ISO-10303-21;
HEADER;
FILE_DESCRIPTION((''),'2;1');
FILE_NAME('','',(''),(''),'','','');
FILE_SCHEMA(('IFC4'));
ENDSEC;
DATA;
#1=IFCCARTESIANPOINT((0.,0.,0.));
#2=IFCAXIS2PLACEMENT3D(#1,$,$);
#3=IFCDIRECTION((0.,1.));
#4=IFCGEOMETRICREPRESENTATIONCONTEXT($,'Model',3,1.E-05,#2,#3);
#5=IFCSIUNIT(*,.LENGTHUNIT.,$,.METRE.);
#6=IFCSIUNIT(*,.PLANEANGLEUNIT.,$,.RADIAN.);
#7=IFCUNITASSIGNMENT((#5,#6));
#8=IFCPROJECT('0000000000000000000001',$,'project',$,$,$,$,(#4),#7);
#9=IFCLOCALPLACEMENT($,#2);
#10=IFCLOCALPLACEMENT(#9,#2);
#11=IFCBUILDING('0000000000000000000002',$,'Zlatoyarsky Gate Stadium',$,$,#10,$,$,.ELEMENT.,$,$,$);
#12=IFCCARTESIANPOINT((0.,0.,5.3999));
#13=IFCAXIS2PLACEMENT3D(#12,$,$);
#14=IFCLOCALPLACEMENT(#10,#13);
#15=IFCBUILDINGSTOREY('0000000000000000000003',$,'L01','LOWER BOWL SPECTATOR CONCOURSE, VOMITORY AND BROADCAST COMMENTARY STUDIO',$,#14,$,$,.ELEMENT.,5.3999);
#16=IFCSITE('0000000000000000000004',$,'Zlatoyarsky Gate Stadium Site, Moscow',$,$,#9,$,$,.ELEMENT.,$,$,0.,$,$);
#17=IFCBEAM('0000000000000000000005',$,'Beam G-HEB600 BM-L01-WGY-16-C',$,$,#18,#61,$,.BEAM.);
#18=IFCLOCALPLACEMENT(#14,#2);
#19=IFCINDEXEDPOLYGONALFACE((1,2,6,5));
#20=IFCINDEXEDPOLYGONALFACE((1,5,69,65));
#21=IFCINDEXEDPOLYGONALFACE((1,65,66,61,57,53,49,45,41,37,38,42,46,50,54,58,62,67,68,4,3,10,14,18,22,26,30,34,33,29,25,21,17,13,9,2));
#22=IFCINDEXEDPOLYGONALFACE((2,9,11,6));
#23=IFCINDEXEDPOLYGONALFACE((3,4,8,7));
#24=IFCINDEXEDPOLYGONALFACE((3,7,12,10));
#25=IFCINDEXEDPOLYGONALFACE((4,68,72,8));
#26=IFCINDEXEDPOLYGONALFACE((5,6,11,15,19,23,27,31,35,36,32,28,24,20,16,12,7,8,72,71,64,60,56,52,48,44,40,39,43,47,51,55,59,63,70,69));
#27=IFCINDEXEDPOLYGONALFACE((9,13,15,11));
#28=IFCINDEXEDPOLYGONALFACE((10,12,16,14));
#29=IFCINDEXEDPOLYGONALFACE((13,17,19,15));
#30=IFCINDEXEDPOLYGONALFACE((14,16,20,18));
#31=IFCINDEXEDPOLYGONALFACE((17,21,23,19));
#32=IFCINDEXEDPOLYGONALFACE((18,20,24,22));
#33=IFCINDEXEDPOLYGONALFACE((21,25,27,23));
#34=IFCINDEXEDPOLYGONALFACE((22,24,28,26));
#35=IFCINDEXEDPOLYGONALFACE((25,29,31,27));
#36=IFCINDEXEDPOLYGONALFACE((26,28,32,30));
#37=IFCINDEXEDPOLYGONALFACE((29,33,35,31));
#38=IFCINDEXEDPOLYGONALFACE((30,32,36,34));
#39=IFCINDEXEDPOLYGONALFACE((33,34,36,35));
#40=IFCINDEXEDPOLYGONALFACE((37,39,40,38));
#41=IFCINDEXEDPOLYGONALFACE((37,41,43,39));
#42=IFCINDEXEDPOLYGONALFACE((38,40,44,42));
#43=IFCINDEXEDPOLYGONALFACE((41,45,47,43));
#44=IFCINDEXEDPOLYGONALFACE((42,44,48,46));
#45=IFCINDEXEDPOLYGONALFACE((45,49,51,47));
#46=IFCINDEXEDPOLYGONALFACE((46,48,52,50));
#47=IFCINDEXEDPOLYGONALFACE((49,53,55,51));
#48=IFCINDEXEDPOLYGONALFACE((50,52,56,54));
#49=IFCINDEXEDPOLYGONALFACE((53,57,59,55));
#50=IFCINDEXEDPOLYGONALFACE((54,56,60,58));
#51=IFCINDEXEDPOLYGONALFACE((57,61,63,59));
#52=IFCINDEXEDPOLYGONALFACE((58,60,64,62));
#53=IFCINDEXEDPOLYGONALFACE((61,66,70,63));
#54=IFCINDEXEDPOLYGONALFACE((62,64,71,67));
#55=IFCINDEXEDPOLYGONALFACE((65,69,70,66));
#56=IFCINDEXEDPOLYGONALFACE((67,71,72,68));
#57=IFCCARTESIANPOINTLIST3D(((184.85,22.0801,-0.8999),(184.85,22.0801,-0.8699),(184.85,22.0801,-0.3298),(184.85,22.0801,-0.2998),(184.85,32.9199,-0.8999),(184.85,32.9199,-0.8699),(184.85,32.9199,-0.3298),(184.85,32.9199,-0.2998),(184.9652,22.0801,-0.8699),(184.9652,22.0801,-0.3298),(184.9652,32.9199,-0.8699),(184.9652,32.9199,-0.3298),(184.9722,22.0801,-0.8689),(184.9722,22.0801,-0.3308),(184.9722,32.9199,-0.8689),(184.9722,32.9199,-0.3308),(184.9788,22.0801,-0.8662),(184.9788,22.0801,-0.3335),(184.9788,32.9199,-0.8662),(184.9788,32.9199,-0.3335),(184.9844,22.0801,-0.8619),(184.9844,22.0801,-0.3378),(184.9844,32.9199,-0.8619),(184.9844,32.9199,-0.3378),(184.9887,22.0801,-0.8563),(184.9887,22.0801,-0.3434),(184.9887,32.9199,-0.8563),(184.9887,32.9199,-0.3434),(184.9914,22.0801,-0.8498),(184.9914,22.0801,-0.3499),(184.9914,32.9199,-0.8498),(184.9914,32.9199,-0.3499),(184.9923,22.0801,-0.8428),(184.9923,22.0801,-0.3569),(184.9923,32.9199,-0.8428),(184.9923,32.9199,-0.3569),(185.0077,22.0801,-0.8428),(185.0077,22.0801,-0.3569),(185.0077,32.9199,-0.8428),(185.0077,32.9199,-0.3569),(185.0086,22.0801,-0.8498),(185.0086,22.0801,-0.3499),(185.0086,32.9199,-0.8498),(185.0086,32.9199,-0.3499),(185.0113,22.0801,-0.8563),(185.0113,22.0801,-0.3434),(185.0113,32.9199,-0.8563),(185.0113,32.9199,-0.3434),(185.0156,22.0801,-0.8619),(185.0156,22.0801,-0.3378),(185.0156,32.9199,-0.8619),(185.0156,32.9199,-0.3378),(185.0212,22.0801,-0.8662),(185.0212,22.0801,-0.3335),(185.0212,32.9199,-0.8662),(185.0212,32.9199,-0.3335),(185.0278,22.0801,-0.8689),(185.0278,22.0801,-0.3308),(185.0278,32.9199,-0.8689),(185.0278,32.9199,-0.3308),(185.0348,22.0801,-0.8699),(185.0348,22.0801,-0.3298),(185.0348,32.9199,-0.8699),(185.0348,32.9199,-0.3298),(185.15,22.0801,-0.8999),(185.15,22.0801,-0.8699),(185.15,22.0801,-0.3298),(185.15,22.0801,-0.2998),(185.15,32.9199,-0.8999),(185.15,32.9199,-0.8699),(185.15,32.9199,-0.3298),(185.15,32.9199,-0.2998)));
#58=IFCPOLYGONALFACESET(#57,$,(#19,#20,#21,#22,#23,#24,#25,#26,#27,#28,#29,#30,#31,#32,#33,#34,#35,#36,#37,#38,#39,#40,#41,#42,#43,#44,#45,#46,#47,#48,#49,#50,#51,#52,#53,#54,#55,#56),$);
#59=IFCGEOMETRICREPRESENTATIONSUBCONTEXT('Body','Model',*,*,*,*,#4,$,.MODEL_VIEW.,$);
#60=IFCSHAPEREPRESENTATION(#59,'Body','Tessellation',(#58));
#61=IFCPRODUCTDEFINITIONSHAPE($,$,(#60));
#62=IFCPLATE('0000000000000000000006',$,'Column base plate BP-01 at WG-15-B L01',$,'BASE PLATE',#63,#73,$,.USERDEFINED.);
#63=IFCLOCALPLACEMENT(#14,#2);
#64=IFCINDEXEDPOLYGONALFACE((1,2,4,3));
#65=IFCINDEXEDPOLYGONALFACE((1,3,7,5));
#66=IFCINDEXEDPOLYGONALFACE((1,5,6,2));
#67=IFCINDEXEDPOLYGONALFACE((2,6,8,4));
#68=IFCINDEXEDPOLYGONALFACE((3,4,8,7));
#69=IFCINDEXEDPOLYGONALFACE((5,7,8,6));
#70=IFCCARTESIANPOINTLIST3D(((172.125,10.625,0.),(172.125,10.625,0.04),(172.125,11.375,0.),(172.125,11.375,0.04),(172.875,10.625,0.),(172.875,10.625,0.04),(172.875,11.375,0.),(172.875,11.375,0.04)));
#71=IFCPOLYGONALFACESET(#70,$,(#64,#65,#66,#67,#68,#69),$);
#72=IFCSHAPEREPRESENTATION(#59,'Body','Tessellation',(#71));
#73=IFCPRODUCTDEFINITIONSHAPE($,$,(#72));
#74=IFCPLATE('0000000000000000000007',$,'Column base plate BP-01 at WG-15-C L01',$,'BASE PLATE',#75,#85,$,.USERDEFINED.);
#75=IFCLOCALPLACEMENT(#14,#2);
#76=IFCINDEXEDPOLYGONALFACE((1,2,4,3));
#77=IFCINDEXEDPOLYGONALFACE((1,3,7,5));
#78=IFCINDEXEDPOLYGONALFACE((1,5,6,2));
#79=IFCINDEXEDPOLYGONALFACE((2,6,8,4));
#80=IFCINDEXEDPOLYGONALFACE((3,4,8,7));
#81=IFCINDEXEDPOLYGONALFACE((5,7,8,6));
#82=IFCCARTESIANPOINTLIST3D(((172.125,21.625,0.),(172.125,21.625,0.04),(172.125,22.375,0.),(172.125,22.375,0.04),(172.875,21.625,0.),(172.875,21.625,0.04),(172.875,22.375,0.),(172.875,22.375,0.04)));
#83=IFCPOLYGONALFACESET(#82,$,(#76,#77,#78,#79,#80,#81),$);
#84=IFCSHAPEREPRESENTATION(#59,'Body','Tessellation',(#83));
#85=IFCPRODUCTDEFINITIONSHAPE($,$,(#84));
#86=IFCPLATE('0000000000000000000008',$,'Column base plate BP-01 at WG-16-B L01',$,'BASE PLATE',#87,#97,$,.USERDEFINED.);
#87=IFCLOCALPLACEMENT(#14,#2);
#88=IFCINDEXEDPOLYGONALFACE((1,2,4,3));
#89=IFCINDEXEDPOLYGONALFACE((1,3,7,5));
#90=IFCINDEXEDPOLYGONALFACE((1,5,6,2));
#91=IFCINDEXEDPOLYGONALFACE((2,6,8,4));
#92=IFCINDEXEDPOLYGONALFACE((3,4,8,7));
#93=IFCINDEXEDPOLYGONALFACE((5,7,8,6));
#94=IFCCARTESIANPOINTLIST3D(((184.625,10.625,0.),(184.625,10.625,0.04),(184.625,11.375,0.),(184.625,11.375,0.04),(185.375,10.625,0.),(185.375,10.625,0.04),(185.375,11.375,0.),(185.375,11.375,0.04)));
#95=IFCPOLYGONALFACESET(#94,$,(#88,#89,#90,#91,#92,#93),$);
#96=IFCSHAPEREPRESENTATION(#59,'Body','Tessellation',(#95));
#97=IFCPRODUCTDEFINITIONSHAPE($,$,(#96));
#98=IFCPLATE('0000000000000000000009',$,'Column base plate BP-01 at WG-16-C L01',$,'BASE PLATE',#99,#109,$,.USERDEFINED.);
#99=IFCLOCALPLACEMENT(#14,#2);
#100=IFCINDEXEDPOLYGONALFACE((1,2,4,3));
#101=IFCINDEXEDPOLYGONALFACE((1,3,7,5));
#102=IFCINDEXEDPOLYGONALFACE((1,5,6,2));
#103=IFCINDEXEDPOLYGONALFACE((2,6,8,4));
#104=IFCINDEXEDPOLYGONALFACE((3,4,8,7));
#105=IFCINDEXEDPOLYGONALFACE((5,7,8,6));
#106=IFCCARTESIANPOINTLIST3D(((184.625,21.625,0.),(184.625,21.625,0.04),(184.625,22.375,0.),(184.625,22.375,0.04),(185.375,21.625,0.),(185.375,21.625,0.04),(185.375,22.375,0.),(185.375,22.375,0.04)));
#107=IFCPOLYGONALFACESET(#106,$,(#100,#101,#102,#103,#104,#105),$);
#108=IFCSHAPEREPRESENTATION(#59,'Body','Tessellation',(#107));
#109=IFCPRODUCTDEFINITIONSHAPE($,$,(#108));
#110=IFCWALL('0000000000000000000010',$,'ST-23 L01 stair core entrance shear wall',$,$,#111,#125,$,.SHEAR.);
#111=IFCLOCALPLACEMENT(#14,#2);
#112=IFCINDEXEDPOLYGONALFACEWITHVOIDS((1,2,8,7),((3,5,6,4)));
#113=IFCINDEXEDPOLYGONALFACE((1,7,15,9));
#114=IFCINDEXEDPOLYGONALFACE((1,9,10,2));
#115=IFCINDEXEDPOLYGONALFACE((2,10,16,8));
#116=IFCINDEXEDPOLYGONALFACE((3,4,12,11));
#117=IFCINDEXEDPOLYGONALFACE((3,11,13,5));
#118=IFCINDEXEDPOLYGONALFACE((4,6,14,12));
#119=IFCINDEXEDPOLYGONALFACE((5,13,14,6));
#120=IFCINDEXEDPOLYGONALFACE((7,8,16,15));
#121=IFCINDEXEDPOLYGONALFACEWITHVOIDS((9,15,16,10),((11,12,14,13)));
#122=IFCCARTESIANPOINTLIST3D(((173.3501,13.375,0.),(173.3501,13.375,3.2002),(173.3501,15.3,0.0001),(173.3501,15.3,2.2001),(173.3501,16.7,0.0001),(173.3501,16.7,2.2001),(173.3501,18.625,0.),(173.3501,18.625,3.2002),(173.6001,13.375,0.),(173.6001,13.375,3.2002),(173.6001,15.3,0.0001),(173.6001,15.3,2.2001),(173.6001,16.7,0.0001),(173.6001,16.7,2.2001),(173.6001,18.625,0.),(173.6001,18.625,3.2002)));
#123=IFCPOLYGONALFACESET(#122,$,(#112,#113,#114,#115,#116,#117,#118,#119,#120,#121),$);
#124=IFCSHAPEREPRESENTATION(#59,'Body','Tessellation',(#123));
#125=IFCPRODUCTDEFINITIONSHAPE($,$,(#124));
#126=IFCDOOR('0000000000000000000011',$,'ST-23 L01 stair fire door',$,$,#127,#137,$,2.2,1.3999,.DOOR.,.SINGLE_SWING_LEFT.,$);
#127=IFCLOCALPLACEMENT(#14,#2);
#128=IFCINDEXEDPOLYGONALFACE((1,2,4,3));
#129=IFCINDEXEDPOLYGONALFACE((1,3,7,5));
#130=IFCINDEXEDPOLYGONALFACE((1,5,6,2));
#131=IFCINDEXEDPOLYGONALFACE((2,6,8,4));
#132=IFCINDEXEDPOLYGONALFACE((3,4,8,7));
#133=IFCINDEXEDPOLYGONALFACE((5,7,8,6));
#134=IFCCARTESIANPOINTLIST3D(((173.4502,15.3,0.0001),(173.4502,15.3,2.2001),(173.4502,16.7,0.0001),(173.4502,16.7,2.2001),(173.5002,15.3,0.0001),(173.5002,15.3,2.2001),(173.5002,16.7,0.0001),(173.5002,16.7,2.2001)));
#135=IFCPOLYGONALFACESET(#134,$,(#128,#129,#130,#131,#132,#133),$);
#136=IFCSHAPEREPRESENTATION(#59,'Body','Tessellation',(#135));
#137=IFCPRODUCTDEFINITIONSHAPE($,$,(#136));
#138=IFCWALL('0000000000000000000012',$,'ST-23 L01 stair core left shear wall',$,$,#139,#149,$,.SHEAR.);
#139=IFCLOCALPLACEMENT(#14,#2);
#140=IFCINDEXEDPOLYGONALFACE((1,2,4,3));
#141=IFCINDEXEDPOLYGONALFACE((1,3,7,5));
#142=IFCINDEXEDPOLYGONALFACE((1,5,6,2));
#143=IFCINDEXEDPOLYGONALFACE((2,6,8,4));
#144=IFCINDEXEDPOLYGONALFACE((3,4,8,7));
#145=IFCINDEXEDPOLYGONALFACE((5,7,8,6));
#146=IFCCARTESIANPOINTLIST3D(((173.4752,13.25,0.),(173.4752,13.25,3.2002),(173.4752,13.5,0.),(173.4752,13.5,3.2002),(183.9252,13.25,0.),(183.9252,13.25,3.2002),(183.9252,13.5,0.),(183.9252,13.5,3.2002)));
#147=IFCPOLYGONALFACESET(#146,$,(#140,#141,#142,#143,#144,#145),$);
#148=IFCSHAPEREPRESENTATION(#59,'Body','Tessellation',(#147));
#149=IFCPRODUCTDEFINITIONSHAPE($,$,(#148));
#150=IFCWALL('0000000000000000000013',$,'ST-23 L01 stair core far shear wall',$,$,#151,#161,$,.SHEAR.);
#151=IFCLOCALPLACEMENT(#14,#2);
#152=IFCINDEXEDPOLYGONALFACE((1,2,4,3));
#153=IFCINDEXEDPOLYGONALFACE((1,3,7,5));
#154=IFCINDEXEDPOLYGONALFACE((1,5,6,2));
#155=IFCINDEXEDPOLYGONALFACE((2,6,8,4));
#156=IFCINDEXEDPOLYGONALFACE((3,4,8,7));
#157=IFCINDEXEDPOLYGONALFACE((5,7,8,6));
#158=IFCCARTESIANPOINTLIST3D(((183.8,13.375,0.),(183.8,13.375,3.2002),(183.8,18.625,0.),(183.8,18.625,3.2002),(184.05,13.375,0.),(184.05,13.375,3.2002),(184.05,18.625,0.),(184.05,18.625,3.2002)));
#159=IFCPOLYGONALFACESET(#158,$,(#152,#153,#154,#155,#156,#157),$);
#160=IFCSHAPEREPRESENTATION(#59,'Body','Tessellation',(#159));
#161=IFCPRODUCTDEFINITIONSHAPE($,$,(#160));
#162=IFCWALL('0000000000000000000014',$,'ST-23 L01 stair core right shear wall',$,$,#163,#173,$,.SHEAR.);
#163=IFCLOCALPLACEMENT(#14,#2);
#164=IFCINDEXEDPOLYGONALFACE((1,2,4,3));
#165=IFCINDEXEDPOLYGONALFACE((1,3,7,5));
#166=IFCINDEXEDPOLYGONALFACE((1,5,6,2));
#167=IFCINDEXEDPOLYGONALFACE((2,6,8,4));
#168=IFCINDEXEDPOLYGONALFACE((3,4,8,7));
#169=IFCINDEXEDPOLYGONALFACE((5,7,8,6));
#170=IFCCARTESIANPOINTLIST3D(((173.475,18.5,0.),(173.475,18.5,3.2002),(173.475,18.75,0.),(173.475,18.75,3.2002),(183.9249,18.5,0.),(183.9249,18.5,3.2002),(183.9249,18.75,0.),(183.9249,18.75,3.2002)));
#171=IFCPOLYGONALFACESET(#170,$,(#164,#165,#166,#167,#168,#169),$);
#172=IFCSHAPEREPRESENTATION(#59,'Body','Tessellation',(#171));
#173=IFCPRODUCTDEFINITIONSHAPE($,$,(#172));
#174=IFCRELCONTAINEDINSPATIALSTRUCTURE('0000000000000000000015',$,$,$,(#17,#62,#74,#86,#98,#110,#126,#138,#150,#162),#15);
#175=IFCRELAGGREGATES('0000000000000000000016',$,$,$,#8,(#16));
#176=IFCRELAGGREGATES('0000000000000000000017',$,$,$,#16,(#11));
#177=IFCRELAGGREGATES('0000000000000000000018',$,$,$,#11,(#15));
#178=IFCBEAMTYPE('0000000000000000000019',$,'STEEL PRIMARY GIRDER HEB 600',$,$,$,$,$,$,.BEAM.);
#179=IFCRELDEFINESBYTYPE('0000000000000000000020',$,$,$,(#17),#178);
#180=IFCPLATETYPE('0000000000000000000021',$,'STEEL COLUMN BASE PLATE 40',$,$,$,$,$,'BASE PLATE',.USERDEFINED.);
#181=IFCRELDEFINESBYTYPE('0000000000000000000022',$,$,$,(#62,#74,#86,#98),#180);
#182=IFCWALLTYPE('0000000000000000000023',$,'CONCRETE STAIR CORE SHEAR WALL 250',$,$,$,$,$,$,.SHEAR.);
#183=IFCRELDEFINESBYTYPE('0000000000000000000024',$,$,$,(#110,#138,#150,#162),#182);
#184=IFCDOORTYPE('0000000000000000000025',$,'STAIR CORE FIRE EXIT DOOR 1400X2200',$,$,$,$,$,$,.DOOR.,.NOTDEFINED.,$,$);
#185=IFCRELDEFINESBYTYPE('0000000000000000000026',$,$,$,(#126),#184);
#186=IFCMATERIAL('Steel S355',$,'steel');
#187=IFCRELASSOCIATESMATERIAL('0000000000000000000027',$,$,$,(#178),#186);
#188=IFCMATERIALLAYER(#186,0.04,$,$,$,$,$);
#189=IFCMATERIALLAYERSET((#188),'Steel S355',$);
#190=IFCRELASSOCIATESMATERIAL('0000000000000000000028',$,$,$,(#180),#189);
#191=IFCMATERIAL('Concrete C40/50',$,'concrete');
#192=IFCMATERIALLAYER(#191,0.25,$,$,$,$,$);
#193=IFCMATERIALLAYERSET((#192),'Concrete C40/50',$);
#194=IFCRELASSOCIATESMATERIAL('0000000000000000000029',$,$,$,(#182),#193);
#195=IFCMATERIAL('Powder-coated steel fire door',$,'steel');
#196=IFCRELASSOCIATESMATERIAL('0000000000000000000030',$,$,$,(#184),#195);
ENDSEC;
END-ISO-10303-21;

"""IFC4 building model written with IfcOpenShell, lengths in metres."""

from ifc_helpers import new_model, si_unit, direction, frame, frame_2d, origin, origin_2d, place, context, subcontext, project, spatial, rectangle, i_section, extrude, material, layer, layer_set, material_profile, profile_set, type_object, element, fill, save


model = new_model("IFC4")

# Units and contexts
model_context = context("Model", 3, precision=1e-05, world=origin(), true_north=direction((0.0, 1.0)))
body_context = subcontext(model_context, "Body", "Model", "MODEL_VIEW")
ifc_project = project(units=[si_unit("LENGTHUNIT", "METRE"), si_unit("PLANEANGLEUNIT", "RADIAN")], contexts=[model_context])

# Site, building, storey
site_placement = place(None, origin())
site = spatial("IfcSite", under=ifc_project, at=site_placement, Name="Zlatoyarsky Gate Stadium Site, Moscow", CompositionType="ELEMENT", RefElevation=0.0)
building_placement = place(site_placement, origin())
building = spatial("IfcBuilding", under=site, at=building_placement, Name="Zlatoyarsky Gate Stadium", CompositionType="ELEMENT")
storey_placement = place(building_placement, frame((0.0, 0.0, 5.3999)))
storey = spatial("IfcBuildingStorey", under=building, at=storey_placement, Name="L01", Description="LOWER BOWL SPECTATOR CONCOURSE, VOMITORY AND BROADCAST COMMENTARY STUDIO", CompositionType="ELEMENT", Elevation=5.3999)

# Shared definitions
ifc_material_1 = material(Name="Steel S355", Category="steel")

# Beam
ifc_material_profile_1 = material_profile(ifc_material_1, i_section(OverallWidth=0.3, OverallDepth=0.6001, WebThickness=0.0154, FlangeThickness=0.03, FilletRadius=0.0271, at=origin_2d()), Name="HEB 600")
ifc_profile_set_1 = profile_set([ifc_material_profile_1], Name="Steel S355")
beam_type_1 = type_object("IfcBeamType", Name="STEEL PRIMARY GIRDER HEB 600", PredefinedType="BEAM", material=ifc_profile_set_1)
for number, where, z_axis, x_axis, name in (
    (1, (185.0, 22.0801, -0.5999), (0.0, 1.0, 0.0), (-1.0, 0.0, 0.0), "Beam G-HEB600 BM-L01-WGY-16-C"),
):
    element("IfcBeam", number, at=place(storey_placement, frame(where, z_axis=z_axis, x_axis=x_axis)), inside=storey, type_object=beam_type_1, Name=name, PredefinedType="BEAM", context=body_context, shape_type="SweptSolid", body=[
        extrude(i_section(OverallWidth=0.3, OverallDepth=0.6001, WebThickness=0.0154, FlangeThickness=0.03, FilletRadius=0.0271, at=origin_2d()), origin(), (0.0, 0.0, 1.0), 10.8398),
    ])

# Plates
ifc_layer_1 = layer(ifc_material_1, 0.04)
ifc_layer_set_1 = layer_set([ifc_layer_1], Name="Steel S355")
plate_type = type_object("IfcPlateType", Name="STEEL COLUMN BASE PLATE 40", ElementType="BASE PLATE", PredefinedType="USERDEFINED", material=ifc_layer_set_1)
for number, where, z_axis, x_axis, name in (
    (2, (172.5, 11.0, 0.0), (0.0, 0.0, 1.0), (1.0, 0.0, 0.0), "Column base plate BP-01 at WG-15-B L01"),
    (3, (172.5, 22.0, 0.0), (0.0, 0.0, 1.0), (1.0, 0.0, 0.0), "Column base plate BP-01 at WG-15-C L01"),
    (4, (185.0, 11.0, 0.0), (0.0, 0.0, 1.0), (1.0, 0.0, 0.0), "Column base plate BP-01 at WG-16-B L01"),
    (5, (185.0, 22.0, 0.0), (0.0, 0.0, 1.0), (1.0, 0.0, 0.0), "Column base plate BP-01 at WG-16-C L01"),
):
    element("IfcPlate", number, at=place(storey_placement, frame(where, z_axis=z_axis, x_axis=x_axis)), inside=storey, type_object=plate_type, Name=name, ObjectType="BASE PLATE", PredefinedType="USERDEFINED", context=body_context, shape_type="SweptSolid", body=[
        extrude(rectangle(XDim=0.75, YDim=0.75, at=origin_2d()), origin(), (0.0, 0.0, 1.0), 0.04),
    ])

# Wall, opening, door
ifc_material_2 = material(Name="Concrete C40/50", Category="concrete")
ifc_layer_2 = layer(ifc_material_2, 0.25)
ifc_layer_set_2 = layer_set([ifc_layer_2], Name="Concrete C40/50")
wall_type_1 = type_object("IfcWallType", Name="CONCRETE STAIR CORE SHEAR WALL 250", PredefinedType="SHEAR", material=ifc_layer_set_2)
wall_1_placement = place(storey_placement, frame((173.4751, 18.625, 0.0), z_axis=(0.0, 0.0, 1.0), x_axis=(0.0, -1.0, 0.0)))
wall_1 = element("IfcWall", 6, at=wall_1_placement, inside=storey, type_object=wall_type_1, Name="ST-23 L01 stair core entrance shear wall", PredefinedType="SHEAR", context=body_context, shape_type="SweptSolid", body=[
    extrude(rectangle(XDim=5.25, YDim=0.25, at=frame_2d((2.625, 0.0))), origin(), (0.0, 0.0, 1.0), 3.2002),
])
opening_1_placement = place(wall_1_placement, frame((1.925, 0.0, 0.0)))
opening_1 = element("IfcOpeningElement", 7, at=opening_1_placement, cuts=wall_1, PredefinedType="OPENING", context=body_context, shape_type="SweptSolid", body=[
    extrude(rectangle(XDim=1.3999, YDim=2.2, at=frame_2d((0.7, 1.1001))), frame((0.0, 0.135, 0.0), z_axis=(0.0, -1.0, 0.0), x_axis=(1.0, 0.0, 0.0)), (0.0, 0.0, 1.0), 0.27),
])
ifc_material_3 = material(Name="Powder-coated steel fire door", Category="steel")
door_type = type_object("IfcDoorType", Name="STAIR CORE FIRE EXIT DOOR 1400X2200", OperationType="NOTDEFINED", PredefinedType="DOOR", material=ifc_material_3)
door_placement = place(opening_1_placement, frame((1.3999, 0.0, 0.0), z_axis=(0.0, 0.0, 1.0), x_axis=(-1.0, 0.0, 0.0)))
door = element("IfcDoor", 8, at=door_placement, inside=storey, type_object=door_type, Name="ST-23 L01 stair fire door", OperationType="SINGLE_SWING_LEFT", OverallHeight=2.2, OverallWidth=1.3999, PredefinedType="DOOR", context=body_context, shape_type="SweptSolid", body=[
    extrude(rectangle(XDim=1.3999, YDim=2.2, at=frame_2d((0.7, 1.1001))), frame((0.0, 0.0249, 0.0), z_axis=(0.0, -1.0, 0.0), x_axis=(1.0, 0.0, 0.0)), (0.0, 0.0, 1.0), 0.05),
])
fill(opening_1, door)

# Walls
wall_2_placement = place(storey_placement, frame((173.4751, 13.375, 0.0), z_axis=(0.0, 0.0, 1.0), x_axis=(1.0, 0.0, 0.0)))
element("IfcWall", 9, at=wall_2_placement, inside=storey, type_object=wall_type_1, Name="ST-23 L01 stair core left shear wall", PredefinedType="SHEAR", context=body_context, shape_type="SweptSolid", body=[
    extrude(rectangle(XDim=10.45, YDim=0.25, at=frame_2d((5.2251, 0.0))), origin(), (0.0, 0.0, 1.0), 3.2002),
])
wall_3_placement = place(storey_placement, frame((183.925, 13.375, 0.0), z_axis=(0.0, 0.0, 1.0), x_axis=(0.0, 1.0, 0.0)))
element("IfcWall", 10, at=wall_3_placement, inside=storey, type_object=wall_type_1, Name="ST-23 L01 stair core far shear wall", PredefinedType="SHEAR", context=body_context, shape_type="SweptSolid", body=[
    extrude(rectangle(XDim=5.25, YDim=0.25, at=frame_2d((2.625, 0.0))), origin(), (0.0, 0.0, 1.0), 3.2002),
])
wall_4_placement = place(storey_placement, frame((183.925, 18.625, 0.0), z_axis=(0.0, 0.0, 1.0), x_axis=(-1.0, 0.0, 0.0)))
element("IfcWall", 11, at=wall_4_placement, inside=storey, type_object=wall_type_1, Name="ST-23 L01 stair core right shear wall", PredefinedType="SHEAR", context=body_context, shape_type="SweptSolid", body=[
    extrude(rectangle(XDim=10.45, YDim=0.25, at=frame_2d((5.2251, 0.0))), origin(), (0.0, 0.0, 1.0), 3.2002),
])

save(model, "model.ifc")
